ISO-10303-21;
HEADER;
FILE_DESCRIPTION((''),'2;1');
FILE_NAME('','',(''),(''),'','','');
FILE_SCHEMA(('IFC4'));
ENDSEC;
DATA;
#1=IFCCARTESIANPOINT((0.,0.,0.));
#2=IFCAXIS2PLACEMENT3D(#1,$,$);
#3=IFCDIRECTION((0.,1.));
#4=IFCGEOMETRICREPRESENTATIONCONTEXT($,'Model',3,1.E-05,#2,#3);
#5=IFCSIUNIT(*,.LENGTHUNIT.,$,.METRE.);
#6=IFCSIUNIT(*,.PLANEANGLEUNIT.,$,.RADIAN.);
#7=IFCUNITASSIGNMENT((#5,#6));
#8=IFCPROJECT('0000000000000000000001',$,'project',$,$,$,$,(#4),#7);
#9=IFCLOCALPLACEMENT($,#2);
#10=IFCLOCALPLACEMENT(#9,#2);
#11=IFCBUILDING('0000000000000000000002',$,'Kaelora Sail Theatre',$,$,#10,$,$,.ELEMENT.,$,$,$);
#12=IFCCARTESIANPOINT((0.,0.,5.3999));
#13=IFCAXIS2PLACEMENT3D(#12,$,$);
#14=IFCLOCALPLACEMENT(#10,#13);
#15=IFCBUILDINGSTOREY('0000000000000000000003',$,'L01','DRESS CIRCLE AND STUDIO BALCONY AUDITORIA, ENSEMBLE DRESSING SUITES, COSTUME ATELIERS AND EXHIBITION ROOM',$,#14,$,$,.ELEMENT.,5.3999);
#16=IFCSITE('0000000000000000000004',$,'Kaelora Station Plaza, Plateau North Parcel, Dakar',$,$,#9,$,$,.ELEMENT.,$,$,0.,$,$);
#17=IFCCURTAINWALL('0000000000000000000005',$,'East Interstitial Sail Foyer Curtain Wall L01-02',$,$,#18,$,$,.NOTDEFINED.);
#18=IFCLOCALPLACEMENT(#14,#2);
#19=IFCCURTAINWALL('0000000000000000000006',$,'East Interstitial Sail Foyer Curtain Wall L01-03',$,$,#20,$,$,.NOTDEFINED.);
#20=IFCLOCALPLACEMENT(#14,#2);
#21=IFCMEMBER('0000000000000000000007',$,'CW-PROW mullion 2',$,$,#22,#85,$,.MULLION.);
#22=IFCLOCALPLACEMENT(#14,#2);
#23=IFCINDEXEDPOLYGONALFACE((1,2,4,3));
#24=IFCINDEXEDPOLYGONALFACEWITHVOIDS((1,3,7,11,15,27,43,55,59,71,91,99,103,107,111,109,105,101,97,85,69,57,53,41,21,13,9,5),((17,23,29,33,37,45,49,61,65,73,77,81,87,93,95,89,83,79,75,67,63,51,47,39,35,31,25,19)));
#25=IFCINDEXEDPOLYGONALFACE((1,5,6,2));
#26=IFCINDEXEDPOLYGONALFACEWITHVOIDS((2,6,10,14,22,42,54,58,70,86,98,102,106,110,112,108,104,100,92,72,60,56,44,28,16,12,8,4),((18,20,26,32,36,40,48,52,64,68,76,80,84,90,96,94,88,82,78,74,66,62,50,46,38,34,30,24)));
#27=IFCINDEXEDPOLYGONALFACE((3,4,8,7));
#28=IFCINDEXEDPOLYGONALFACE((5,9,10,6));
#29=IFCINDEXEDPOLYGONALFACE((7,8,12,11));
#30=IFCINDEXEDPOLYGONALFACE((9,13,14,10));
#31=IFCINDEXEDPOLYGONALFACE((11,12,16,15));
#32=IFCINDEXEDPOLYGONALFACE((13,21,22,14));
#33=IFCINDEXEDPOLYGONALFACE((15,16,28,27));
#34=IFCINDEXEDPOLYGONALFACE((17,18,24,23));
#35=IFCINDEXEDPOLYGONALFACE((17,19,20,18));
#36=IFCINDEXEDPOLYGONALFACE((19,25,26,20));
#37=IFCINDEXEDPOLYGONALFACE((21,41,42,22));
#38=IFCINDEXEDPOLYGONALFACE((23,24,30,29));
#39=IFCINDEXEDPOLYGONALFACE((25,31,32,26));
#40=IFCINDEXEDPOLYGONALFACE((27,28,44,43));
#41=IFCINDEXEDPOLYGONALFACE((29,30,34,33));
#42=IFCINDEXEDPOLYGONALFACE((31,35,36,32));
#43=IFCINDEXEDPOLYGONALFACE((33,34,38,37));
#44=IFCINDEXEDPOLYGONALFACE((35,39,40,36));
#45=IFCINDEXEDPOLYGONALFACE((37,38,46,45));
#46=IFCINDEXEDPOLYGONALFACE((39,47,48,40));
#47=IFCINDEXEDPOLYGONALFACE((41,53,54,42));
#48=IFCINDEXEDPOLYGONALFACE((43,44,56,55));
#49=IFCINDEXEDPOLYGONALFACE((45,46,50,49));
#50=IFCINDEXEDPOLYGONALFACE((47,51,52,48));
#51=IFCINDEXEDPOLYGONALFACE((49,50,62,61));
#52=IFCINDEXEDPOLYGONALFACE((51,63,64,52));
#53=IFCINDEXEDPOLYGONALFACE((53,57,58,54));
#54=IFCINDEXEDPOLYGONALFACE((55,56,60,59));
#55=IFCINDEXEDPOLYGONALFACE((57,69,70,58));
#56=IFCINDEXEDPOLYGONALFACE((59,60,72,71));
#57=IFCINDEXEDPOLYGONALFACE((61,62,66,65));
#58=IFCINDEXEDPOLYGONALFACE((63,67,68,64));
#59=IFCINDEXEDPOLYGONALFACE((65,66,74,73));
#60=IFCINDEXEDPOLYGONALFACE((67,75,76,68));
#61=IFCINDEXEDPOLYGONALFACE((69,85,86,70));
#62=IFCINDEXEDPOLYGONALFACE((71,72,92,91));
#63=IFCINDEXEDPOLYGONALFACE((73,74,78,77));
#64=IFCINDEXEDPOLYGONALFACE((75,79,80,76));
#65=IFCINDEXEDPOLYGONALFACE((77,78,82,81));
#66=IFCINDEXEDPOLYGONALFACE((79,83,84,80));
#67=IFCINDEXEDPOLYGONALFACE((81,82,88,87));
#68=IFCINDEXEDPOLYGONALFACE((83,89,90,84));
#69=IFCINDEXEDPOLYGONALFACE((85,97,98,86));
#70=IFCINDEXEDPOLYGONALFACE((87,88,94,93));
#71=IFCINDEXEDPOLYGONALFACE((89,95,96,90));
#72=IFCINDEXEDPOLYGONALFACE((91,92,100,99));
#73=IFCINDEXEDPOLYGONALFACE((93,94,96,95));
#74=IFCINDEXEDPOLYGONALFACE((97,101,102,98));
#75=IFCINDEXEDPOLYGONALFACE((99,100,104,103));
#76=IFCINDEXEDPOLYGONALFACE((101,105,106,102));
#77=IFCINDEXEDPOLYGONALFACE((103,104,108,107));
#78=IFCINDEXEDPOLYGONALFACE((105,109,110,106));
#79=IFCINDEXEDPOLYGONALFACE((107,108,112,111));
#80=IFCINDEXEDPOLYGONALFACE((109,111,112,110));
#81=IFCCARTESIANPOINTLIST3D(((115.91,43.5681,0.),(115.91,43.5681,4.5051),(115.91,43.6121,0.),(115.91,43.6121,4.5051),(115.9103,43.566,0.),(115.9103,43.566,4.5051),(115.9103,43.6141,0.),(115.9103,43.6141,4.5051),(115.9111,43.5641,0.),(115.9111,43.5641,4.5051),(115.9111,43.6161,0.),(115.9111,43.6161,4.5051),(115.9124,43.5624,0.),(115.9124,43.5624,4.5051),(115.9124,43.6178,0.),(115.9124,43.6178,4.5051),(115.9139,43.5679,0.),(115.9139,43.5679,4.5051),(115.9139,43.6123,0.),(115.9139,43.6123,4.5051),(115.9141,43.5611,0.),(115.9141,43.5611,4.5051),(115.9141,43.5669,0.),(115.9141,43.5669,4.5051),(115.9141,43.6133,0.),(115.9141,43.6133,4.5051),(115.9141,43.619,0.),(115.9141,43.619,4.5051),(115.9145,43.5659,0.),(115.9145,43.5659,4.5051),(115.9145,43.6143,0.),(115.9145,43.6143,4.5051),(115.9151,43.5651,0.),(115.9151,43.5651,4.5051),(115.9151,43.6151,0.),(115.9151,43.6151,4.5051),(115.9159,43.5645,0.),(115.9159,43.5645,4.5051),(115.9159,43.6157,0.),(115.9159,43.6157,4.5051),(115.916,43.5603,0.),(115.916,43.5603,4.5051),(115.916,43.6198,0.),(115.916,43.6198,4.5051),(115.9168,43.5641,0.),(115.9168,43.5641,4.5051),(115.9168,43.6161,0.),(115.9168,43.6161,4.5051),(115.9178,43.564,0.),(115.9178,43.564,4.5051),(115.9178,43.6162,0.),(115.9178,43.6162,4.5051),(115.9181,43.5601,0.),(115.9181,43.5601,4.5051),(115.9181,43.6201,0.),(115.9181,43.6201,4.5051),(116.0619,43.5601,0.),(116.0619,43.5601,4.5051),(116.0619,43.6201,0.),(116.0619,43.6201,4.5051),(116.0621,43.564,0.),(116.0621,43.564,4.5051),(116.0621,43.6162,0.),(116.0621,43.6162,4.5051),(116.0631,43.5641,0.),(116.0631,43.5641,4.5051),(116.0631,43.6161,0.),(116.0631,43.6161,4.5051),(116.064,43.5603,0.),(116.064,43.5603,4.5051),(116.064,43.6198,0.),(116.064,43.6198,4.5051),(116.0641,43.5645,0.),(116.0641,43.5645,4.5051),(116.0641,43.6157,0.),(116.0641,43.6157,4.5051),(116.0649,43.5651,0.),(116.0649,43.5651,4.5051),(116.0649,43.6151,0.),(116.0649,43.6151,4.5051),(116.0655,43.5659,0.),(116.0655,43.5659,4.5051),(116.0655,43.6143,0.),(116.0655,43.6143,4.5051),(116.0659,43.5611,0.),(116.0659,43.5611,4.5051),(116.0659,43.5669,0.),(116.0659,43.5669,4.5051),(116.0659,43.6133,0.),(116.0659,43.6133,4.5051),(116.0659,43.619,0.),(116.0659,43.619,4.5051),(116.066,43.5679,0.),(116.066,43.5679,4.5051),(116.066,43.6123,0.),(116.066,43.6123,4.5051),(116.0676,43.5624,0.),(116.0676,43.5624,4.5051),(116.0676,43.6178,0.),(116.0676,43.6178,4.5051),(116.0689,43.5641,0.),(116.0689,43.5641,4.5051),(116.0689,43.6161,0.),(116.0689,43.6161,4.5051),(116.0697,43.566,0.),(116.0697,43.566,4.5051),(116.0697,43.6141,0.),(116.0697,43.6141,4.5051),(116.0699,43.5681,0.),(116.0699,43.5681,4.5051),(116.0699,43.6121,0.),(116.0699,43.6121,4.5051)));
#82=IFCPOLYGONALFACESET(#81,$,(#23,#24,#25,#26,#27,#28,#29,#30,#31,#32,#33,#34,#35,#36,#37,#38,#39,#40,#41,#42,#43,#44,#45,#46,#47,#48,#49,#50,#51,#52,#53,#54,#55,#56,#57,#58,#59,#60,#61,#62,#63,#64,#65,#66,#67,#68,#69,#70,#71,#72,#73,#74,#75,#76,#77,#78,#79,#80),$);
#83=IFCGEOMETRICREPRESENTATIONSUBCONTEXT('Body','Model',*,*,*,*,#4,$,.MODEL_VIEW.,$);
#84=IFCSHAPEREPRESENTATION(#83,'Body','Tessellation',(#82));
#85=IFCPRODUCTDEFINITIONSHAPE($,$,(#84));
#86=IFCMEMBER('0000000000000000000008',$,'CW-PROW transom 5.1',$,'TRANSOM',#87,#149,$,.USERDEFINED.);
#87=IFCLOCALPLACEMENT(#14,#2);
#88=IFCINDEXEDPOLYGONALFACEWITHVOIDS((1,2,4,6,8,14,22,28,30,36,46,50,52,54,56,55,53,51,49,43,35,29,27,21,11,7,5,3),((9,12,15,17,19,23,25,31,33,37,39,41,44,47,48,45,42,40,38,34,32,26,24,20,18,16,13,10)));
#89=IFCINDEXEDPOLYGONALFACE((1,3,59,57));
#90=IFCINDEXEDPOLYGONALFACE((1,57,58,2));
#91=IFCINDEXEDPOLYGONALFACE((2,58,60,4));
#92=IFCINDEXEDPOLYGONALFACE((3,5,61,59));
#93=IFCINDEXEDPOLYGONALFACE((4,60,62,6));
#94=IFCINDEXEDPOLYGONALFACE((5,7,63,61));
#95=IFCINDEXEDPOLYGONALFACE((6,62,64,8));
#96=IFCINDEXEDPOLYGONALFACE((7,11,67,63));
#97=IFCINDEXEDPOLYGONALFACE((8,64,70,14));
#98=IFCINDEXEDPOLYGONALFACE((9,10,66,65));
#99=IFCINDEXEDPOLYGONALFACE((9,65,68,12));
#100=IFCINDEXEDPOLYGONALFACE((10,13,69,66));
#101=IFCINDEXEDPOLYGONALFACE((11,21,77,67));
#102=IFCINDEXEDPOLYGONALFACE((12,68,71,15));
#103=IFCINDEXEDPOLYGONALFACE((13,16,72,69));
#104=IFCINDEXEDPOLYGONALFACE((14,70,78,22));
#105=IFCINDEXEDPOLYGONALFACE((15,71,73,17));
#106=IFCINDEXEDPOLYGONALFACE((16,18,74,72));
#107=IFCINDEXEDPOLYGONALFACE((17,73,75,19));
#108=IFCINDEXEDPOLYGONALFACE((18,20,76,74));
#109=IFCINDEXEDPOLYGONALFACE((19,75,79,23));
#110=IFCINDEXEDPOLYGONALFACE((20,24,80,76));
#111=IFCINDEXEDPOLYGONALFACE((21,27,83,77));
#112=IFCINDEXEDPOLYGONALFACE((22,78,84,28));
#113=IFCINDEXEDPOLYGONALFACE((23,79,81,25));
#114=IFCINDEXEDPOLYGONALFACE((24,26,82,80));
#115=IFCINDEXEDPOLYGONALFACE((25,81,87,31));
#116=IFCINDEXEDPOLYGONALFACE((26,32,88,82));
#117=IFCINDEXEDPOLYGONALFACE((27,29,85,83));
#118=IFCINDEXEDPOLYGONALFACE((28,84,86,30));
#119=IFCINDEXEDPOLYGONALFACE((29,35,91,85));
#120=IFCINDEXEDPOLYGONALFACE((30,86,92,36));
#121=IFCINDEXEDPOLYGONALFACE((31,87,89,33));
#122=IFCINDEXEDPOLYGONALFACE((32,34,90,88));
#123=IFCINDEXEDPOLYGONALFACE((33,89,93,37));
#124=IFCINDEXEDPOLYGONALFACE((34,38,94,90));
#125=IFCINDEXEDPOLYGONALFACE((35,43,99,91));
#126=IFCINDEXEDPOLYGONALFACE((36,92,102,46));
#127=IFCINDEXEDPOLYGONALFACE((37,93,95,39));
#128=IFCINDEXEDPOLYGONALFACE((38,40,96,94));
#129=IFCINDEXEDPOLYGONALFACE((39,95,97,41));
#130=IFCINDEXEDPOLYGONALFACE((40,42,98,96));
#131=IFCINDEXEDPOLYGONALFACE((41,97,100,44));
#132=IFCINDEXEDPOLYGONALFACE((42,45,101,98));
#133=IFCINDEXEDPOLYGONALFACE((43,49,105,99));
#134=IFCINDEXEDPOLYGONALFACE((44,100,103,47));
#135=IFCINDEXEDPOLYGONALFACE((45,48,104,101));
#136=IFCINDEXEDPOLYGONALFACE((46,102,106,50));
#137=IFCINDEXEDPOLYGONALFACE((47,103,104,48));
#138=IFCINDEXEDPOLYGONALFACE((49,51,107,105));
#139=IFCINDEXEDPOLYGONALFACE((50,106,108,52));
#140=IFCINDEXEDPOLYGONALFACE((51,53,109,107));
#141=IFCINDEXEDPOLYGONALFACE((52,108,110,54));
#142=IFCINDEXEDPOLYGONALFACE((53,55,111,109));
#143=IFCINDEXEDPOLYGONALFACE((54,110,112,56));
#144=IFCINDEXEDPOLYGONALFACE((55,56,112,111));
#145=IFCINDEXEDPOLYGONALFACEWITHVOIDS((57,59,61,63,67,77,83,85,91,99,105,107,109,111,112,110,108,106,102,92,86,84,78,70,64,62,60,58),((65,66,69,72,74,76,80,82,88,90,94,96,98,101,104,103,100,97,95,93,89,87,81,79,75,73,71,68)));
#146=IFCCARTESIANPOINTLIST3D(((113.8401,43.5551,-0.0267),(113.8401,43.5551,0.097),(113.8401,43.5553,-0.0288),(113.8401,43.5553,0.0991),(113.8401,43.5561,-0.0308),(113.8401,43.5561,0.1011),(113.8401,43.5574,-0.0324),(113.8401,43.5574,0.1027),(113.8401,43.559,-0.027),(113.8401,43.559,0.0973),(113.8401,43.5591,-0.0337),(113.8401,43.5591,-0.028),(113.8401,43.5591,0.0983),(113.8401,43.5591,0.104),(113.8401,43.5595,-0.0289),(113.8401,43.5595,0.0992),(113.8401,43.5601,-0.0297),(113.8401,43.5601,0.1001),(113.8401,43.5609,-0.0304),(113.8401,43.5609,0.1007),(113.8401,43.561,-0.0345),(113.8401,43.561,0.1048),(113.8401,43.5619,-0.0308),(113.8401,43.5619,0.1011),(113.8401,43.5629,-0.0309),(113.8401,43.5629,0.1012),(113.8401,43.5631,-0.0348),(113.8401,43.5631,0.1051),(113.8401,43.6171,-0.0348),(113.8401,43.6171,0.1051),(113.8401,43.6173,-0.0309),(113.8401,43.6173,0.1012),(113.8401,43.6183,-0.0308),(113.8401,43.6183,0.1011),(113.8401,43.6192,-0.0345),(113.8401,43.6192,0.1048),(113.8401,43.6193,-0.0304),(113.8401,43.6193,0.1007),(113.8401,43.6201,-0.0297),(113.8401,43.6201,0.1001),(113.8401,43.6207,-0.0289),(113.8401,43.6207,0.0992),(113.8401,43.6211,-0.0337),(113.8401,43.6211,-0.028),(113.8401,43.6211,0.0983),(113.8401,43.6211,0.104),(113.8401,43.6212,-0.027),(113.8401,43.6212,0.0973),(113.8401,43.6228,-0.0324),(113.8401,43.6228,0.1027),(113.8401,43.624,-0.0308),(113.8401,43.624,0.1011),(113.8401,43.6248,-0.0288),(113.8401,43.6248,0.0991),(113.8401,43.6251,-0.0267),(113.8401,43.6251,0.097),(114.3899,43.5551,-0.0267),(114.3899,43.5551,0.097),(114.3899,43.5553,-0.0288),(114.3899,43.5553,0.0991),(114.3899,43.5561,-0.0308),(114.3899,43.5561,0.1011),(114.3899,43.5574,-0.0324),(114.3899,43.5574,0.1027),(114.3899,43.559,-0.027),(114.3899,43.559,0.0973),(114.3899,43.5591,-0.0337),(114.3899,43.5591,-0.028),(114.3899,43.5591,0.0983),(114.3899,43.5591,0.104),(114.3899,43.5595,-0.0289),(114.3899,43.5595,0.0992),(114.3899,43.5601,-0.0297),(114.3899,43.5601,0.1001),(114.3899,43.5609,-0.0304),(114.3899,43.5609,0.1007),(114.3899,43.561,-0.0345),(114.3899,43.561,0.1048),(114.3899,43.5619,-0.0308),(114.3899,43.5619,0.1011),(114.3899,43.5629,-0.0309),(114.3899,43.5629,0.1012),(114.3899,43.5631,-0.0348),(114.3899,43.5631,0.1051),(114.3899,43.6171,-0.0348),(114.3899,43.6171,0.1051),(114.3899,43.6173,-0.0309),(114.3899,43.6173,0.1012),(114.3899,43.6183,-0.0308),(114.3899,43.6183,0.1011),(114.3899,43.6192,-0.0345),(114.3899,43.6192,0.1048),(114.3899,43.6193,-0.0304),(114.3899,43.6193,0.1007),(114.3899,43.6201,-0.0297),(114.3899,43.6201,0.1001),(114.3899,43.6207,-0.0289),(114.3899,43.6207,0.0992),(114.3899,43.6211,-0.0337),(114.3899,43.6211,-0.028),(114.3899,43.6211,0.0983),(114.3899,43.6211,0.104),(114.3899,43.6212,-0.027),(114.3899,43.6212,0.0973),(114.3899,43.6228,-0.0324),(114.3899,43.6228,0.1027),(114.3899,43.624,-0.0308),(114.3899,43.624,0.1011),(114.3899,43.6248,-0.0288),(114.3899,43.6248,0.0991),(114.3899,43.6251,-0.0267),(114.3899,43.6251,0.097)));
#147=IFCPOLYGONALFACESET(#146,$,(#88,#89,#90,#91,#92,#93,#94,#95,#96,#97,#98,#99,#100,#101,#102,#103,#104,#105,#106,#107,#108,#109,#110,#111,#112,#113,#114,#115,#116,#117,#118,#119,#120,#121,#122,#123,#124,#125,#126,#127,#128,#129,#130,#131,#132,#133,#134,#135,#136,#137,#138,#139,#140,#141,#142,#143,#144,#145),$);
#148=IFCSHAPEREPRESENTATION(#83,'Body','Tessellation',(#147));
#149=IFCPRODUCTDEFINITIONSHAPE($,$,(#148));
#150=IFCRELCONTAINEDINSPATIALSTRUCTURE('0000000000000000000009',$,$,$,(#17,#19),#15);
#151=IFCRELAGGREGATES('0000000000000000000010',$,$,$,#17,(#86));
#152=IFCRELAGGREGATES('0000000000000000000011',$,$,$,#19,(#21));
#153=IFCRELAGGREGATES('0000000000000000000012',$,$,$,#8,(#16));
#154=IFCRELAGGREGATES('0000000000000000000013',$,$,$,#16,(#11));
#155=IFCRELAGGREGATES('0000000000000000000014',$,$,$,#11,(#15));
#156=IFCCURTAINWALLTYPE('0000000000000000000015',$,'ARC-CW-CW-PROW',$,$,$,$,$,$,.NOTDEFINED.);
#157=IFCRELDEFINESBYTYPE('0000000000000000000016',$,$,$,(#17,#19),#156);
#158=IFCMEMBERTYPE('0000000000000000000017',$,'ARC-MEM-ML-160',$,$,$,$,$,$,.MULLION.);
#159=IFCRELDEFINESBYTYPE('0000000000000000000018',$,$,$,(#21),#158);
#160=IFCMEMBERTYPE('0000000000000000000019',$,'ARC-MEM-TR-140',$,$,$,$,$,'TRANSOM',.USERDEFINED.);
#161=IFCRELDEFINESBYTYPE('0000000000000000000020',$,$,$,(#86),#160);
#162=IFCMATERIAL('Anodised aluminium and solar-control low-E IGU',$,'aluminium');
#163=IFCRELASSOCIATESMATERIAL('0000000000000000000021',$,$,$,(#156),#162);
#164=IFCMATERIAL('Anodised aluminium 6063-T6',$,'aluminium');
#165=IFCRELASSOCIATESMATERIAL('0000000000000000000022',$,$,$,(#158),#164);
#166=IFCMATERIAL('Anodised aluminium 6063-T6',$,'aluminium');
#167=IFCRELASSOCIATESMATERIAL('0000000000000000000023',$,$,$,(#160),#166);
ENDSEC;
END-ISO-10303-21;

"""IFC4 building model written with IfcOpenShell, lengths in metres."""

from ifc_helpers import new_model, si_unit, direction, frame, origin, origin_2d, place, context, subcontext, project, spatial, hollow_rectangle, extrude, material, material_profile, profile_set, type_object, element, aggregate, save


model = new_model("IFC4")

# Units and contexts
model_context = context("Model", 3, precision=1e-05, world=origin(), true_north=direction((0.0, 1.0)))
body_context = subcontext(model_context, "Body", "Model", "MODEL_VIEW")
ifc_project = project(units=[si_unit("LENGTHUNIT", "METRE"), si_unit("PLANEANGLEUNIT", "RADIAN")], contexts=[model_context])

# Site, building, storey
site_placement = place(None, origin())
site = spatial("IfcSite", under=ifc_project, at=site_placement, Name="Kaelora Station Plaza, Plateau North Parcel, Dakar", CompositionType="ELEMENT", RefElevation=0.0)
building_placement = place(site_placement, origin())
building = spatial("IfcBuilding", under=site, at=building_placement, Name="Kaelora Sail Theatre", CompositionType="ELEMENT")
storey_placement = place(building_placement, frame((0.0, 0.0, 5.3999)))
storey = spatial("IfcBuildingStorey", under=building, at=storey_placement, Name="L01", Description="DRESS CIRCLE AND STUDIO BALCONY AUDITORIA, ENSEMBLE DRESSING SUITES, COSTUME ATELIERS AND EXHIBITION ROOM", CompositionType="ELEMENT", Elevation=5.3999)

# Curtain wall
ifc_material_1 = material(Name="Anodised aluminium and solar-control low-E IGU", Category="aluminium")
curtain_wall_type = type_object("IfcCurtainWallType", Name="ARC-CW-CW-PROW", PredefinedType="NOTDEFINED", material=ifc_material_1)
curtain_wall_1_placement = place(storey_placement, origin())
curtain_wall_1 = element("IfcCurtainWall", 1, at=curtain_wall_1_placement, inside=storey, type_object=curtain_wall_type, Name="East Interstitial Sail Foyer Curtain Wall L01-02", PredefinedType="NOTDEFINED")
ifc_material_2 = material(Name="Anodised aluminium 6063-T6", Category="aluminium")
ifc_material_profile_1 = material_profile(ifc_material_2, hollow_rectangle(XDim=0.0601, YDim=0.1599, WallThickness=0.0039, InnerFilletRadius=0.0039, OuterFilletRadius=0.0081, at=origin_2d()), Name="ALU-MULL 60x160x4")
ifc_profile_set_1 = profile_set([ifc_material_profile_1], Name="Anodised aluminium 6063-T6")
member_type_1 = type_object("IfcMemberType", Name="ARC-MEM-ML-160", PredefinedType="MULLION", material=ifc_profile_set_1)

# Curtain wall, member
curtain_wall_2_placement = place(storey_placement, origin())
curtain_wall_2 = element("IfcCurtainWall", 2, at=curtain_wall_2_placement, inside=storey, type_object=curtain_wall_type, Name="East Interstitial Sail Foyer Curtain Wall L01-03", PredefinedType="NOTDEFINED")
member_1_placement = place(storey_placement, frame((115.99, 43.5901, 0.0), z_axis=(0.0, 0.0, 1.0), x_axis=(0.0, 1.0, 0.0)))
member_1 = element("IfcMember", 3, at=member_1_placement, type_object=member_type_1, Name="CW-PROW mullion 2", PredefinedType="MULLION", context=body_context, shape_type="SweptSolid", body=[
    extrude(hollow_rectangle(XDim=0.0601, YDim=0.1599, WallThickness=0.0039, InnerFilletRadius=0.0039, OuterFilletRadius=0.0081, at=origin_2d()), origin(), (0.0, 0.0, 1.0), 4.5051),
])

# Member
ifc_material_3 = material(Name="Anodised aluminium 6063-T6", Category="aluminium")
ifc_material_profile_2 = material_profile(ifc_material_3, hollow_rectangle(XDim=0.0701, YDim=0.1399, WallThickness=0.0039, InnerFilletRadius=0.0039, OuterFilletRadius=0.0081, at=origin_2d()), Name="ALU-TRAN 70x140x4")
ifc_profile_set_2 = profile_set([ifc_material_profile_2], Name="Anodised aluminium 6063-T6")
member_type_2 = type_object("IfcMemberType", Name="ARC-MEM-TR-140", ElementType="TRANSOM", PredefinedType="USERDEFINED", material=ifc_profile_set_2)
member_2_placement = place(storey_placement, frame((113.8401, 43.5901, 0.0352), z_axis=(1.0, 0.0, 0.0), x_axis=(0.0, 1.0, 0.0)))
member_2 = element("IfcMember", 4, at=member_2_placement, type_object=member_type_2, Name="CW-PROW transom 5.1", ObjectType="TRANSOM", PredefinedType="USERDEFINED", context=body_context, shape_type="SweptSolid", body=[
    extrude(hollow_rectangle(XDim=0.0701, YDim=0.1399, WallThickness=0.0039, InnerFilletRadius=0.0039, OuterFilletRadius=0.0081, at=origin_2d()), origin(), (0.0, 0.0, 1.0), 0.5498),
])

aggregate(curtain_wall_1, [member_2])
aggregate(curtain_wall_2, [member_1])

save(model, "model.ifc")
